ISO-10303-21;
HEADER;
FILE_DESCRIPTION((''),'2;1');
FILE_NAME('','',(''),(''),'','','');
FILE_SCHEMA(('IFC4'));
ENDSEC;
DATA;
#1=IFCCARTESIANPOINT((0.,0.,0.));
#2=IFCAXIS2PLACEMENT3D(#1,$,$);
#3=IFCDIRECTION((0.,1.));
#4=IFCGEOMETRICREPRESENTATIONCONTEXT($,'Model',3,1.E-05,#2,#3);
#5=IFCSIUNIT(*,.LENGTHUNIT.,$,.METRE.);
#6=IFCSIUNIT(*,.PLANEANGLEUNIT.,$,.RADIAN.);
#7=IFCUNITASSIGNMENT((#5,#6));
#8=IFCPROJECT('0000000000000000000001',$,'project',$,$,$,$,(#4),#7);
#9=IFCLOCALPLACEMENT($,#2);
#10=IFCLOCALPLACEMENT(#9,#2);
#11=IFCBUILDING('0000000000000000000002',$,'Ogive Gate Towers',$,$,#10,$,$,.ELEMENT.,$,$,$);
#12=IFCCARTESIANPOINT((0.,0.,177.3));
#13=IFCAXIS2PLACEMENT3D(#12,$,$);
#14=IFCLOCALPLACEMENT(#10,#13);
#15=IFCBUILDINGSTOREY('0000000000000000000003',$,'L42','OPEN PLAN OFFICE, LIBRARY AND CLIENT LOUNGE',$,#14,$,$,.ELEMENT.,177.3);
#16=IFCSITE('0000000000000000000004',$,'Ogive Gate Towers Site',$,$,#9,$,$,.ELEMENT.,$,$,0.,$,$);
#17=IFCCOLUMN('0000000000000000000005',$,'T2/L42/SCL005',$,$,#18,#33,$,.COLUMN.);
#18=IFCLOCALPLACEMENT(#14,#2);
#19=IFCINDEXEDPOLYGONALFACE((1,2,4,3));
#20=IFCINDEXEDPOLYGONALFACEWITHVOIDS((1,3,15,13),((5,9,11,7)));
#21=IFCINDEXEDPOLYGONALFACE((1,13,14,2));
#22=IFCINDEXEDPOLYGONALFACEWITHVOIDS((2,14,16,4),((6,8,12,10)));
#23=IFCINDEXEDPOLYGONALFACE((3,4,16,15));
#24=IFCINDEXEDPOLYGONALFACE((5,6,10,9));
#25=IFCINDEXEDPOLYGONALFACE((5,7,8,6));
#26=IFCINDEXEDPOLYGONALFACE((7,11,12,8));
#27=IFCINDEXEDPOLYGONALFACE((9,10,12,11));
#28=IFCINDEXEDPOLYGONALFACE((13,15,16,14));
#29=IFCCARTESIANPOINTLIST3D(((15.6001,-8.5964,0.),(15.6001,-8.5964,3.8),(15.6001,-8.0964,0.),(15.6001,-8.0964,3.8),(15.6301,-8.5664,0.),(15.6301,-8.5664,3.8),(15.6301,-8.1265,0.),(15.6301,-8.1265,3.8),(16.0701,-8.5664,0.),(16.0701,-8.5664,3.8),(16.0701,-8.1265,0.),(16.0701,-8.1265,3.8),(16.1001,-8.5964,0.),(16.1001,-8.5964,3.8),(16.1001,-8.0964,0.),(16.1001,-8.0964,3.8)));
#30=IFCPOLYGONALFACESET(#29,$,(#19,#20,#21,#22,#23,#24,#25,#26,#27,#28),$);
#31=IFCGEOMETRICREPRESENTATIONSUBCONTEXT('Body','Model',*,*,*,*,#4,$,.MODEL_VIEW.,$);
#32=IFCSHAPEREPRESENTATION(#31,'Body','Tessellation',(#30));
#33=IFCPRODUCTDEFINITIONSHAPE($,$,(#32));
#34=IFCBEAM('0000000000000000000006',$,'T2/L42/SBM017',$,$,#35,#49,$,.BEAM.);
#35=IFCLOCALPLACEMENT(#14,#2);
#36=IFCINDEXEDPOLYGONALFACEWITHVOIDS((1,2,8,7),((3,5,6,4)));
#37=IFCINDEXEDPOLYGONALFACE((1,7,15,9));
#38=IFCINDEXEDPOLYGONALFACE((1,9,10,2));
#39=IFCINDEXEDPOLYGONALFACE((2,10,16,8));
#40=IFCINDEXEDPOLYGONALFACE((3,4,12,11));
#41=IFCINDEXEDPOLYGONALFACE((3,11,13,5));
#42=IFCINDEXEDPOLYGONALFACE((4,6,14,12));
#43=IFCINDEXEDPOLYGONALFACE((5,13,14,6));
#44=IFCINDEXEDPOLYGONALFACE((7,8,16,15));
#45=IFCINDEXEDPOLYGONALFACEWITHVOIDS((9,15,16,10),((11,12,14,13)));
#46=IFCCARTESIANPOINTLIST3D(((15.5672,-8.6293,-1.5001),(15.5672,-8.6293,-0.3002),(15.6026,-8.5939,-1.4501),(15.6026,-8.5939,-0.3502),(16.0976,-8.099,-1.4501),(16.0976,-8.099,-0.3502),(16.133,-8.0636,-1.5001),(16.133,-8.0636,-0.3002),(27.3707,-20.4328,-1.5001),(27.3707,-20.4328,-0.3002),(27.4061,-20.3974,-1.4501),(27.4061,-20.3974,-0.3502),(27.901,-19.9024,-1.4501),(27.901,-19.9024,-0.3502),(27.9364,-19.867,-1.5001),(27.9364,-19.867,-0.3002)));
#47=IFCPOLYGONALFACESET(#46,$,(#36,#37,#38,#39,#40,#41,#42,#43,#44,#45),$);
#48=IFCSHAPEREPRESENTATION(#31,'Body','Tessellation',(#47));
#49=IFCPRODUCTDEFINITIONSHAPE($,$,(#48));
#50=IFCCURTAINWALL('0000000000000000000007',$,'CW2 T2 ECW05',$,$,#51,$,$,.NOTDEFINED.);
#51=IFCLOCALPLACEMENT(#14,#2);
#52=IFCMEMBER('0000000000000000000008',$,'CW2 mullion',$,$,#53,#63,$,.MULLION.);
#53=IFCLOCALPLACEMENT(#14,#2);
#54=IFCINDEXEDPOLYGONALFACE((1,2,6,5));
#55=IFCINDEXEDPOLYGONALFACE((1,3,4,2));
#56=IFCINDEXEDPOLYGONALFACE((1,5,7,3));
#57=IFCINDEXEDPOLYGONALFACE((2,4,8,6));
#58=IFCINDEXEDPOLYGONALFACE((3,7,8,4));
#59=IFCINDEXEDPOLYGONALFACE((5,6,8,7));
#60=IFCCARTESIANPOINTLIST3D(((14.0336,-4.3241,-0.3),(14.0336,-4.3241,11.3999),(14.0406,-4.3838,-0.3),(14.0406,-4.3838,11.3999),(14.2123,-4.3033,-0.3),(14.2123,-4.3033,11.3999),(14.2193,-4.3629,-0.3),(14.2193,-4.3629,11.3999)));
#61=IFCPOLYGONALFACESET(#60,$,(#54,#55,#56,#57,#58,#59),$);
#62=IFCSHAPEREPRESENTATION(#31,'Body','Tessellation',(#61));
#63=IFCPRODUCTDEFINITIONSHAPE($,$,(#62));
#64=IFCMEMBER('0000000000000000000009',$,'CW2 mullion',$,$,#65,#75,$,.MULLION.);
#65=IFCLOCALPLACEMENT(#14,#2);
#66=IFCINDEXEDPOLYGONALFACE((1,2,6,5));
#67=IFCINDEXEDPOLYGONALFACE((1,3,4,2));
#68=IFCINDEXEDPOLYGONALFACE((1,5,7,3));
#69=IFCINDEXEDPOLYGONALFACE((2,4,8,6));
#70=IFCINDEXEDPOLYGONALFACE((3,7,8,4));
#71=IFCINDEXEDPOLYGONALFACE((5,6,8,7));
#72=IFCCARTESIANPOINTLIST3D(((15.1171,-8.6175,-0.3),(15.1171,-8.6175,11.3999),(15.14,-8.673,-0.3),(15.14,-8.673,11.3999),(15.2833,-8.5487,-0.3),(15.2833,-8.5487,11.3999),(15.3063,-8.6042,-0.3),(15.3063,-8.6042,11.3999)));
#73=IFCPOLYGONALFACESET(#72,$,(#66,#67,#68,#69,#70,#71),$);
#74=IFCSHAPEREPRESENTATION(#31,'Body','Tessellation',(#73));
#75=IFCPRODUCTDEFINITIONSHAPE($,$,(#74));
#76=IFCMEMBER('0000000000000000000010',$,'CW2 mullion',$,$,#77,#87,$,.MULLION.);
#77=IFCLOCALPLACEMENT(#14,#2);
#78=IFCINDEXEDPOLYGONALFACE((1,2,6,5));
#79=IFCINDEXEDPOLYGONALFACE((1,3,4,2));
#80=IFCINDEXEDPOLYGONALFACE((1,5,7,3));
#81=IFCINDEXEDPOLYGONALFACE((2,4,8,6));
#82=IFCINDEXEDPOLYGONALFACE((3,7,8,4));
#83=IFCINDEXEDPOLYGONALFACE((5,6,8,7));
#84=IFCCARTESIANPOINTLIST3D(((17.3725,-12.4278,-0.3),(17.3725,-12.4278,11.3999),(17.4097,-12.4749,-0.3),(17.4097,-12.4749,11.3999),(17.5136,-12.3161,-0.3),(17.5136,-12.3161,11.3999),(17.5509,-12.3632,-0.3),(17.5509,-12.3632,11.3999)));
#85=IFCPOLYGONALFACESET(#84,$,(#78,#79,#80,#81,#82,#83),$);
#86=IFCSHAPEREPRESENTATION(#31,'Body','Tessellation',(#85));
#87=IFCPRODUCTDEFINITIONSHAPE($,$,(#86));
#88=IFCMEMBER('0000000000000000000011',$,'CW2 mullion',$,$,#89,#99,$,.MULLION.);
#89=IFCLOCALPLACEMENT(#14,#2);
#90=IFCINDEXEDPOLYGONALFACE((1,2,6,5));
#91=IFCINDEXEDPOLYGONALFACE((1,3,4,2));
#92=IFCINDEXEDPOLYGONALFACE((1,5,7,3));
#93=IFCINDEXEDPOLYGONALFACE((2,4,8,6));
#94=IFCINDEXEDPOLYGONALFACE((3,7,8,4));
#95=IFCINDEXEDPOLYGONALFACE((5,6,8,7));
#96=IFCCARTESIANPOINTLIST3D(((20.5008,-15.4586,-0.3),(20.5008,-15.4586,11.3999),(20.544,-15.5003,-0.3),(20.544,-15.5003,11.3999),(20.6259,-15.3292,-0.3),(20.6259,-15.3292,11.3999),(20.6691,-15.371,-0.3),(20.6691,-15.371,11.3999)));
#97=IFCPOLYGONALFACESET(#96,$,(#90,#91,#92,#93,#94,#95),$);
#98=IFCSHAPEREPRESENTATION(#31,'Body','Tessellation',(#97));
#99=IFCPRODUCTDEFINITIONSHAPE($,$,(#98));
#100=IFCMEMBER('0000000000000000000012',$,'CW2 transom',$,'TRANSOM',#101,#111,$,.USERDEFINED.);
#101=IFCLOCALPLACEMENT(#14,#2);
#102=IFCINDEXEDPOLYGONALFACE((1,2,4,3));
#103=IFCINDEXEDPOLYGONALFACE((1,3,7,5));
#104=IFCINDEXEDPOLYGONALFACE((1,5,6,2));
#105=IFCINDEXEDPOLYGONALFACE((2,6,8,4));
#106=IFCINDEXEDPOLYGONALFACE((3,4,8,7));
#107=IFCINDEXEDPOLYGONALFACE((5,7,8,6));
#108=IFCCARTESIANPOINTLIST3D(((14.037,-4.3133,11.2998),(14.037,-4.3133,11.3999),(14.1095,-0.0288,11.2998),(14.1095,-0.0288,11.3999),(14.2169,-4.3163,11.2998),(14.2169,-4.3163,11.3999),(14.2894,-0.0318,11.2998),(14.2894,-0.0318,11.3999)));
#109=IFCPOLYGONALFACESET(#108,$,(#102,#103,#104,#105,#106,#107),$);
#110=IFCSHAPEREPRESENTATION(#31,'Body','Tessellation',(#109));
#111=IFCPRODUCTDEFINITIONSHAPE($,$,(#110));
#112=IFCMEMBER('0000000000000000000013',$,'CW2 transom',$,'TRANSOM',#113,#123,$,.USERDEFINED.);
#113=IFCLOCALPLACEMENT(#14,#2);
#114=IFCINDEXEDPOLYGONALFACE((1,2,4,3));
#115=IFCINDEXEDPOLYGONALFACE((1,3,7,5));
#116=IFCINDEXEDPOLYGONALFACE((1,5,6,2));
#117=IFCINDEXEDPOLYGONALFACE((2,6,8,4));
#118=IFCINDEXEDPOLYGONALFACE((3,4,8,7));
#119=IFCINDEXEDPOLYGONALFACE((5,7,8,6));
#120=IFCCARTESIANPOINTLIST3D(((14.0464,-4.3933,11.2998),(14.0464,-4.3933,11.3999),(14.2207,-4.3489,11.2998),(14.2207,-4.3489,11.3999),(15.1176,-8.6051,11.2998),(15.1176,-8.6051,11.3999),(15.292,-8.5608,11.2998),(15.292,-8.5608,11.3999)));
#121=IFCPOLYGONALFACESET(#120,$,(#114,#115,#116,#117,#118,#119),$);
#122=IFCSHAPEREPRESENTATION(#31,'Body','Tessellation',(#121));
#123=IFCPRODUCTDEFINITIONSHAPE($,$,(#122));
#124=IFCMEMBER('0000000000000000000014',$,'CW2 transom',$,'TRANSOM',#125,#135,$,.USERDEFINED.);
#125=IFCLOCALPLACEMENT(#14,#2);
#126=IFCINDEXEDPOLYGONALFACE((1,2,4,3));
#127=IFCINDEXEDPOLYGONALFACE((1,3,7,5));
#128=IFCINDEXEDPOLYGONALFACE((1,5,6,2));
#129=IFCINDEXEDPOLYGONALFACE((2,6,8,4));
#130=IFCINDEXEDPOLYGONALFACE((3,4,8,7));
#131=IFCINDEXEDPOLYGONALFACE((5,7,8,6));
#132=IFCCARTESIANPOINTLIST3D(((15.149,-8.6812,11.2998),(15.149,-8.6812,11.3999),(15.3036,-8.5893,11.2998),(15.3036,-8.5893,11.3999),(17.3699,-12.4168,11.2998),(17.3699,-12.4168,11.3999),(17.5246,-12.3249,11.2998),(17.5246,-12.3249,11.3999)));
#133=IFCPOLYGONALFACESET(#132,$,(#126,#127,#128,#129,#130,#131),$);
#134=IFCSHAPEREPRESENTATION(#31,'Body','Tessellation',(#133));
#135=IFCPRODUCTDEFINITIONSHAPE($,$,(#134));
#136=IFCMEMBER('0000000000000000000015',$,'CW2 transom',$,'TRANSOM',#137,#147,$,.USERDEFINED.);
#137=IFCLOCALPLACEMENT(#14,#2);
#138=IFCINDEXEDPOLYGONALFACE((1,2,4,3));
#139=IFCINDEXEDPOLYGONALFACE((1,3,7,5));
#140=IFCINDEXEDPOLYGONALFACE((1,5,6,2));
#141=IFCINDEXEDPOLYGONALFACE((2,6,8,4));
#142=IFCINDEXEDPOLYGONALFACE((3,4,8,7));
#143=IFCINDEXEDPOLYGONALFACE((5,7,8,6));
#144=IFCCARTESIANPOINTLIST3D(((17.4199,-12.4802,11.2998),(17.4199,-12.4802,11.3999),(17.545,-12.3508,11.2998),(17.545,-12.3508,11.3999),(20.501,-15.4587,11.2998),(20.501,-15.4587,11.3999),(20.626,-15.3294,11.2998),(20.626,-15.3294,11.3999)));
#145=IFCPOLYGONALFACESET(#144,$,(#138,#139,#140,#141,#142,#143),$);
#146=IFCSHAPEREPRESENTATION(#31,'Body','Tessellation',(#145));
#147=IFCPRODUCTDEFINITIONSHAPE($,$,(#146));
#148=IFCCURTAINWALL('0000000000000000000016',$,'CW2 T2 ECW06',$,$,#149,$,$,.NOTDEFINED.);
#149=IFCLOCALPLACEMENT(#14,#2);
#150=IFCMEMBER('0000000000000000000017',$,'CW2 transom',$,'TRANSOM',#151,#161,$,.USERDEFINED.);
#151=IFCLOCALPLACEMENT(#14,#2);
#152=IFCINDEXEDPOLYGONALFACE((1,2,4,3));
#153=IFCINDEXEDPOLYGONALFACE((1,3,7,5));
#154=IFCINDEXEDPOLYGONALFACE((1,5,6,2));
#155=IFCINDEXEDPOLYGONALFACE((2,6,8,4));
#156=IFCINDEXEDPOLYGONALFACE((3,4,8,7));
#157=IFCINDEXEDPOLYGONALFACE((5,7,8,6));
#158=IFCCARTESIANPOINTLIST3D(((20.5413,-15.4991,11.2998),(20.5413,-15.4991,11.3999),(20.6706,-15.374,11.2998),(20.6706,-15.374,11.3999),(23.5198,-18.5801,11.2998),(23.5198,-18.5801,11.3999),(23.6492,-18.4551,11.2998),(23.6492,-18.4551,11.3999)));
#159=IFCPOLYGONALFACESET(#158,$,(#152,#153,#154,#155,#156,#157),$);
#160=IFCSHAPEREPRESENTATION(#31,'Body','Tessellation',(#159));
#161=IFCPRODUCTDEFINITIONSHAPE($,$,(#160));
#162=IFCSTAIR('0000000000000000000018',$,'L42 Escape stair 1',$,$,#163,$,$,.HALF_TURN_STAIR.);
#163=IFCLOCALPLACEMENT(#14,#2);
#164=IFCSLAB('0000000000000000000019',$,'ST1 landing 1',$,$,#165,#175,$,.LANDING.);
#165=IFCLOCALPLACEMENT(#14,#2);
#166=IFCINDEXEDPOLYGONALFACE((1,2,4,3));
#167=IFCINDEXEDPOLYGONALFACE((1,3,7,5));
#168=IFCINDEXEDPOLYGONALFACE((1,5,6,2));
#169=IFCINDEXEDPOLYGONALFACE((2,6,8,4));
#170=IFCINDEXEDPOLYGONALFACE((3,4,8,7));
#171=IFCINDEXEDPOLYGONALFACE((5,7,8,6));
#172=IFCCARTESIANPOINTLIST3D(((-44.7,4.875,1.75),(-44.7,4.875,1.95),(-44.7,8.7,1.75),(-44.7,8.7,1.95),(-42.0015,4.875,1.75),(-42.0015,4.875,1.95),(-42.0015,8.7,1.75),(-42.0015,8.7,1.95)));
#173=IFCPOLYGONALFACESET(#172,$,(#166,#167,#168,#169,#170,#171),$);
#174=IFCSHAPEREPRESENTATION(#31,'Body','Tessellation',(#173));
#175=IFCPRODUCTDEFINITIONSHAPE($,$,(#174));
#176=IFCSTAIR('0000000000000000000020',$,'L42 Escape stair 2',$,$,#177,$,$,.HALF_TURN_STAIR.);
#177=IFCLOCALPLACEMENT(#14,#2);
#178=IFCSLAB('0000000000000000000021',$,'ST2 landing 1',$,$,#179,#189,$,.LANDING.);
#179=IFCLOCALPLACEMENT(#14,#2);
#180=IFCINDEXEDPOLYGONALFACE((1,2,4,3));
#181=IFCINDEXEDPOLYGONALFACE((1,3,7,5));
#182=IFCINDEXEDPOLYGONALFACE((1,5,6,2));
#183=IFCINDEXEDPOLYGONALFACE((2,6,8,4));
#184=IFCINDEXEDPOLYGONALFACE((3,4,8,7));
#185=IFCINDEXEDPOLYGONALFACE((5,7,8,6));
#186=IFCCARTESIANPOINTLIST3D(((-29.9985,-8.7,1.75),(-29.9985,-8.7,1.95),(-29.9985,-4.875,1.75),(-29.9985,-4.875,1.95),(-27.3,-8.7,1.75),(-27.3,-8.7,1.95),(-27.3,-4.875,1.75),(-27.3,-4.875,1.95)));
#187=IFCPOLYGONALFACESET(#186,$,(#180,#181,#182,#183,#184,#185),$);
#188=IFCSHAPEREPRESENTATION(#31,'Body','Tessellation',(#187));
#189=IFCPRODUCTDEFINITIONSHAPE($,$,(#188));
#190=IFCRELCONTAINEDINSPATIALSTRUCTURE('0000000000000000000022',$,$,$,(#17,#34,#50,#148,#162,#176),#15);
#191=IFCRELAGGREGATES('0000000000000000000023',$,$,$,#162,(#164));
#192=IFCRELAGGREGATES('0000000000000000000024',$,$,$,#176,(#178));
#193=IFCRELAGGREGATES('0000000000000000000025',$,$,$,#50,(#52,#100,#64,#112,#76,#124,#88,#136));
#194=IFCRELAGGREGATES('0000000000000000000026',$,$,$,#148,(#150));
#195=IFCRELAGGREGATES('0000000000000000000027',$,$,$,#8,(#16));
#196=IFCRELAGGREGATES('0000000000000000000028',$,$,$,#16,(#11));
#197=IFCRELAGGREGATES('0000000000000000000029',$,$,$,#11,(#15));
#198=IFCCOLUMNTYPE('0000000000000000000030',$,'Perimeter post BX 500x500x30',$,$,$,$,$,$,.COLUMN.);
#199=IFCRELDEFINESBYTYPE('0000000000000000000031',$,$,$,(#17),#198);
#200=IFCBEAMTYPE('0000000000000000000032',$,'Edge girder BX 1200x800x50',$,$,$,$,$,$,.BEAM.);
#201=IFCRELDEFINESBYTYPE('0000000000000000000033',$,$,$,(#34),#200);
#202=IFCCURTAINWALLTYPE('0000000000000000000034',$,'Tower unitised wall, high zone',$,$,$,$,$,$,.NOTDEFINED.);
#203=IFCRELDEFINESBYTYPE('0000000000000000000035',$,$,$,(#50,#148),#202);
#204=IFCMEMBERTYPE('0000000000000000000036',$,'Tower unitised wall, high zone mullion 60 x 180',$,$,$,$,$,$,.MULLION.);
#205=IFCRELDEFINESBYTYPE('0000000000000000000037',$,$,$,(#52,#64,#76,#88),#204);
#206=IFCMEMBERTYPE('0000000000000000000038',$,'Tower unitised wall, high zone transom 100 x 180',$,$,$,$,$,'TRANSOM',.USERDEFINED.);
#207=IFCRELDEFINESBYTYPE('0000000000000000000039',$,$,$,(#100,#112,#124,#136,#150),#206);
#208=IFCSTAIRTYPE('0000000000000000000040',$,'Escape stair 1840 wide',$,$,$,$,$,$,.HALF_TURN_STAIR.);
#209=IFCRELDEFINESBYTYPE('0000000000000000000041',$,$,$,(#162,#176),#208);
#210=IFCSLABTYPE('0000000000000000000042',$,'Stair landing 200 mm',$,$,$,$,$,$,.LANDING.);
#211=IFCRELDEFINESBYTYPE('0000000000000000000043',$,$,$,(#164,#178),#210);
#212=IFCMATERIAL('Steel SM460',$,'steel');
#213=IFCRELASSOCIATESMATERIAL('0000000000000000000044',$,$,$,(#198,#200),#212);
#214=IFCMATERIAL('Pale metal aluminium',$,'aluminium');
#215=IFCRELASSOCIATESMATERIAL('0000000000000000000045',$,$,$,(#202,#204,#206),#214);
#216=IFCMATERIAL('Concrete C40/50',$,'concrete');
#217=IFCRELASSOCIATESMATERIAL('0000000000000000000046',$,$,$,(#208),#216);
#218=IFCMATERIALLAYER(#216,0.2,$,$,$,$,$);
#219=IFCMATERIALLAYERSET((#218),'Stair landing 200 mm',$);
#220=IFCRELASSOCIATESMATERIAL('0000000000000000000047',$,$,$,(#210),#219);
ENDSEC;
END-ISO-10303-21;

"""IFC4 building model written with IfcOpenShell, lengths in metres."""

from ifc_helpers import new_model, si_unit, direction, frame, origin, origin_2d, place, context, subcontext, project, spatial, polyline, rectangle, hollow_rectangle, outline, extrude, material, layer, layer_set, material_profile, profile_set, type_object, element, aggregate, save


model = new_model("IFC4")

# Units and contexts
model_context = context("Model", 3, precision=1e-05, world=origin(), true_north=direction((0.0, 1.0)))
body_context = subcontext(model_context, "Body", "Model", "MODEL_VIEW")
ifc_project = project(units=[si_unit("LENGTHUNIT", "METRE"), si_unit("PLANEANGLEUNIT", "RADIAN")], contexts=[model_context])

# Site, building, storey
site_placement = place(None, origin())
site = spatial("IfcSite", under=ifc_project, at=site_placement, Name="Ogive Gate Towers Site", CompositionType="ELEMENT", RefElevation=0.0)
building_placement = place(site_placement, origin())
building = spatial("IfcBuilding", under=site, at=building_placement, Name="Ogive Gate Towers", CompositionType="ELEMENT")
storey_placement = place(building_placement, frame((0.0, 0.0, 177.3)))
storey = spatial("IfcBuildingStorey", under=building, at=storey_placement, Name="L42", Description="OPEN PLAN OFFICE, LIBRARY AND CLIENT LOUNGE", CompositionType="ELEMENT", Elevation=177.3)

# Column
ifc_material_1 = material(Name="Steel SM460", Category="steel")
ifc_material_profile_1 = material_profile(ifc_material_1, hollow_rectangle(XDim=0.5, YDim=0.5, WallThickness=0.03, at=origin_2d()), Name="BX 500x500x30")
ifc_profile_set_1 = profile_set([ifc_material_profile_1], Name="Steel SM460")
column_type = type_object("IfcColumnType", Name="Perimeter post BX 500x500x30", PredefinedType="COLUMN", material=ifc_profile_set_1)
column_placement = place(storey_placement, frame((15.8501, -8.3464, 0.0), z_axis=(0.0, 0.0, 1.0), x_axis=(1.0, 0.0, 0.0)))
element("IfcColumn", 1, at=column_placement, inside=storey, type_object=column_type, Name="T2/L42/SCL005", PredefinedType="COLUMN", context=body_context, shape_type="SweptSolid", body=[
    extrude(hollow_rectangle(XDim=0.5, YDim=0.5, WallThickness=0.03, at=origin_2d()), origin(), (0.0, 0.0, 1.0), 3.8),
])

# Beam
ifc_material_profile_2 = material_profile(ifc_material_1, hollow_rectangle(XDim=0.8, YDim=1.2, WallThickness=0.05, at=origin_2d()), Name="BX 1200x800x50")
ifc_profile_set_2 = profile_set([ifc_material_profile_2], Name="Steel SM460")
beam_type = type_object("IfcBeamType", Name="Edge girder BX 1200x800x50", PredefinedType="BEAM", material=ifc_profile_set_2)
beam_placement = place(storey_placement, frame((15.8501, -8.3464, -0.9001), z_axis=(0.707107, -0.707107, 0.0), x_axis=(0.707107, 0.707107, 0.0)))
element("IfcBeam", 2, at=beam_placement, inside=storey, type_object=beam_type, Name="T2/L42/SBM017", PredefinedType="BEAM", context=body_context, shape_type="SweptSolid", body=[
    extrude(hollow_rectangle(XDim=0.8, YDim=1.2, WallThickness=0.05, at=origin_2d()), origin(), (0.0, 0.0, 1.0), 16.6926),
])

# Curtain wall, members
ifc_material_2 = material(Name="Pale metal aluminium", Category="aluminium")
curtain_wall_type = type_object("IfcCurtainWallType", Name="Tower unitised wall, high zone", PredefinedType="NOTDEFINED", material=ifc_material_2)
curtain_wall_1_placement = place(storey_placement, origin())
curtain_wall_1 = element("IfcCurtainWall", 3, at=curtain_wall_1_placement, inside=storey, type_object=curtain_wall_type, Name="CW2 T2 ECW05", PredefinedType="NOTDEFINED")
ifc_material_profile_3 = material_profile(ifc_material_2, rectangle(XDim=0.1799, YDim=0.0601, at=origin_2d()), Name="60 x 180 aluminium box")
ifc_profile_set_3 = profile_set([ifc_material_profile_3], Name="Pale metal aluminium")
member_type_1 = type_object("IfcMemberType", Name="Tower unitised wall, high zone mullion 60 x 180", PredefinedType="MULLION", material=ifc_profile_set_3)
member_1_placement = place(storey_placement, frame((14.1265, -4.3435, -0.3), z_axis=(0.0, 0.0, 1.0), x_axis=(-0.993272, -0.115804, 0.0)))
member_1 = element("IfcMember", 4, at=member_1_placement, type_object=member_type_1, Name="CW2 mullion", PredefinedType="MULLION", context=body_context, shape_type="SweptSolid", body=[
    extrude(rectangle(XDim=0.1799, YDim=0.0601, at=origin_2d()), origin(), (0.0, 0.0, 1.0), 11.7),
])
member_2_placement = place(storey_placement, frame((15.2117, -8.6108, -0.3), z_axis=(0.0, 0.0, 1.0), x_axis=(-0.92388, -0.382683, 0.0)))
member_2 = element("IfcMember", 5, at=member_2_placement, type_object=member_type_1, Name="CW2 mullion", PredefinedType="MULLION", context=body_context, shape_type="SweptSolid", body=[
    extrude(rectangle(XDim=0.1799, YDim=0.0601, at=origin_2d()), origin(), (0.0, 0.0, 1.0), 11.7),
])
member_3_placement = place(storey_placement, frame((17.4617, -12.3955, -0.3), z_axis=(0.0, 0.0, 1.0), x_axis=(-0.784235, -0.620464, 0.0)))
member_3 = element("IfcMember", 6, at=member_3_placement, type_object=member_type_1, Name="CW2 mullion", PredefinedType="MULLION", context=body_context, shape_type="SweptSolid", body=[
    extrude(rectangle(XDim=0.1799, YDim=0.0601, at=origin_2d()), origin(), (0.0, 0.0, 1.0), 11.7),
])
member_4_placement = place(storey_placement, frame((20.585, -15.4148, -0.3), z_axis=(0.0, 0.0, 1.0), x_axis=(-0.695047, -0.718964, 0.0)))
member_4 = element("IfcMember", 7, at=member_4_placement, type_object=member_type_1, Name="CW2 mullion", PredefinedType="MULLION", context=body_context, shape_type="SweptSolid", body=[
    extrude(rectangle(XDim=0.1799, YDim=0.0601, at=origin_2d()), origin(), (0.0, 0.0, 1.0), 11.7),
])
ifc_material_profile_4 = material_profile(ifc_material_2, rectangle(XDim=0.1799, YDim=0.1001, at=origin_2d()), Name="100 x 180 aluminium box")
ifc_profile_set_4 = profile_set([ifc_material_profile_4], Name="Pale metal aluminium")
member_type_2 = type_object("IfcMemberType", Name="Tower unitised wall, high zone transom 100 x 180", ElementType="TRANSOM", PredefinedType="USERDEFINED", material=ifc_profile_set_4)
member_5_placement = place(storey_placement, frame((14.1995, -0.0303, 11.3499), z_axis=(-0.016922, -0.999857, 0.0), x_axis=(0.999857, -0.016922, 0.0)))
member_5 = element("IfcMember", 8, at=member_5_placement, type_object=member_type_2, Name="CW2 transom", ObjectType="TRANSOM", PredefinedType="USERDEFINED", context=body_context, shape_type="SweptSolid", body=[
    extrude(rectangle(XDim=0.1799, YDim=0.1001, at=origin_2d()), origin(), (0.0, 0.0, 1.0), 4.2852),
])
member_6_placement = place(storey_placement, frame((14.1335, -4.3711, 11.3499), z_axis=(0.246499, -0.969143, 0.0), x_axis=(0.969143, 0.246499, 0.0)))
member_6 = element("IfcMember", 9, at=member_6_placement, type_object=member_type_2, Name="CW2 transom", ObjectType="TRANSOM", PredefinedType="USERDEFINED", context=body_context, shape_type="SweptSolid", body=[
    extrude(rectangle(XDim=0.1799, YDim=0.1001, at=origin_2d()), origin(), (0.0, 0.0, 1.0), 4.3459),
])
member_7_placement = place(storey_placement, frame((15.2263, -8.6353, 11.3499), z_axis=(0.511038, -0.859558, 0.0), x_axis=(0.859558, 0.511038, 0.0)))
member_7 = element("IfcMember", 10, at=member_7_placement, type_object=member_type_2, Name="CW2 transom", ObjectType="TRANSOM", PredefinedType="USERDEFINED", context=body_context, shape_type="SweptSolid", body=[
    extrude(rectangle(XDim=0.1799, YDim=0.1001, at=origin_2d()), origin(), (0.0, 0.0, 1.0), 4.3459),
])
member_8_placement = place(storey_placement, frame((17.4824, -12.4155, 11.3499), z_axis=(0.718969, -0.695042, 0.0), x_axis=(0.695042, 0.718969, 0.0)))
member_8 = element("IfcMember", 11, at=member_8_placement, type_object=member_type_2, Name="CW2 transom", ObjectType="TRANSOM", PredefinedType="USERDEFINED", context=body_context, shape_type="SweptSolid", body=[
    extrude(rectangle(XDim=0.1799, YDim=0.1001, at=origin_2d()), origin(), (0.0, 0.0, 1.0), 4.2854),
])

# Curtain wall, member
curtain_wall_2_placement = place(storey_placement, origin())
curtain_wall_2 = element("IfcCurtainWall", 12, at=curtain_wall_2_placement, inside=storey, type_object=curtain_wall_type, Name="CW2 T2 ECW06", PredefinedType="NOTDEFINED")
member_9_placement = place(storey_placement, frame((20.606, -15.4365, 11.3499), z_axis=(0.695042, -0.718969, 0.0), x_axis=(0.718969, 0.695042, 0.0)))
member_9 = element("IfcMember", 13, at=member_9_placement, type_object=member_type_2, Name="CW2 transom", ObjectType="TRANSOM", PredefinedType="USERDEFINED", context=body_context, shape_type="SweptSolid", body=[
    extrude(rectangle(XDim=0.1799, YDim=0.1001, at=origin_2d()), origin(), (0.0, 0.0, 1.0), 4.2854),
])

# Stairs, slabs
ifc_material_3 = material(Name="Concrete C40/50", Category="concrete")
stair_type = type_object("IfcStairType", Name="Escape stair 1840 wide", PredefinedType="HALF_TURN_STAIR", material=ifc_material_3)
stair_1_placement = place(storey_placement, origin())
stair_1 = element("IfcStair", 14, at=stair_1_placement, inside=storey, type_object=stair_type, Name="L42 Escape stair 1", PredefinedType="HALF_TURN_STAIR")
ifc_layer_1 = layer(ifc_material_3, 0.2)
ifc_layer_set_1 = layer_set([ifc_layer_1], Name="Stair landing 200 mm")
slab_type = type_object("IfcSlabType", Name="Stair landing 200 mm", PredefinedType="LANDING", material=ifc_layer_set_1)
slab_1_placement = place(storey_placement, frame((0.0, 0.0, 1.75)))
slab_1 = element("IfcSlab", 15, at=slab_1_placement, type_object=slab_type, Name="ST1 landing 1", PredefinedType="LANDING", context=body_context, shape_type="SweptSolid", body=[
    extrude(outline(polyline([(-42.0015, 8.7), (-44.7, 8.7), (-44.7, 4.875), (-42.0015, 4.875), (-42.0015, 8.7)])), origin(), (0.0, 0.0, 1.0), 0.2),
])
aggregate(stair_1, [slab_1])
stair_2_placement = place(storey_placement, origin())
stair_2 = element("IfcStair", 16, at=stair_2_placement, inside=storey, type_object=stair_type, Name="L42 Escape stair 2", PredefinedType="HALF_TURN_STAIR")
slab_2_placement = place(storey_placement, frame((0.0, 0.0, 1.75)))
slab_2 = element("IfcSlab", 17, at=slab_2_placement, type_object=slab_type, Name="ST2 landing 1", PredefinedType="LANDING", context=body_context, shape_type="SweptSolid", body=[
    extrude(outline(polyline([(-29.9985, -8.7), (-27.3, -8.7), (-27.3, -4.875), (-29.9985, -4.875), (-29.9985, -8.7)])), origin(), (0.0, 0.0, 1.0), 0.2),
])
aggregate(stair_2, [slab_2])

aggregate(curtain_wall_1, [member_1, member_5, member_2, member_6, member_3, member_7, member_4, member_8])
aggregate(curtain_wall_2, [member_9])

save(model, "model.ifc")
